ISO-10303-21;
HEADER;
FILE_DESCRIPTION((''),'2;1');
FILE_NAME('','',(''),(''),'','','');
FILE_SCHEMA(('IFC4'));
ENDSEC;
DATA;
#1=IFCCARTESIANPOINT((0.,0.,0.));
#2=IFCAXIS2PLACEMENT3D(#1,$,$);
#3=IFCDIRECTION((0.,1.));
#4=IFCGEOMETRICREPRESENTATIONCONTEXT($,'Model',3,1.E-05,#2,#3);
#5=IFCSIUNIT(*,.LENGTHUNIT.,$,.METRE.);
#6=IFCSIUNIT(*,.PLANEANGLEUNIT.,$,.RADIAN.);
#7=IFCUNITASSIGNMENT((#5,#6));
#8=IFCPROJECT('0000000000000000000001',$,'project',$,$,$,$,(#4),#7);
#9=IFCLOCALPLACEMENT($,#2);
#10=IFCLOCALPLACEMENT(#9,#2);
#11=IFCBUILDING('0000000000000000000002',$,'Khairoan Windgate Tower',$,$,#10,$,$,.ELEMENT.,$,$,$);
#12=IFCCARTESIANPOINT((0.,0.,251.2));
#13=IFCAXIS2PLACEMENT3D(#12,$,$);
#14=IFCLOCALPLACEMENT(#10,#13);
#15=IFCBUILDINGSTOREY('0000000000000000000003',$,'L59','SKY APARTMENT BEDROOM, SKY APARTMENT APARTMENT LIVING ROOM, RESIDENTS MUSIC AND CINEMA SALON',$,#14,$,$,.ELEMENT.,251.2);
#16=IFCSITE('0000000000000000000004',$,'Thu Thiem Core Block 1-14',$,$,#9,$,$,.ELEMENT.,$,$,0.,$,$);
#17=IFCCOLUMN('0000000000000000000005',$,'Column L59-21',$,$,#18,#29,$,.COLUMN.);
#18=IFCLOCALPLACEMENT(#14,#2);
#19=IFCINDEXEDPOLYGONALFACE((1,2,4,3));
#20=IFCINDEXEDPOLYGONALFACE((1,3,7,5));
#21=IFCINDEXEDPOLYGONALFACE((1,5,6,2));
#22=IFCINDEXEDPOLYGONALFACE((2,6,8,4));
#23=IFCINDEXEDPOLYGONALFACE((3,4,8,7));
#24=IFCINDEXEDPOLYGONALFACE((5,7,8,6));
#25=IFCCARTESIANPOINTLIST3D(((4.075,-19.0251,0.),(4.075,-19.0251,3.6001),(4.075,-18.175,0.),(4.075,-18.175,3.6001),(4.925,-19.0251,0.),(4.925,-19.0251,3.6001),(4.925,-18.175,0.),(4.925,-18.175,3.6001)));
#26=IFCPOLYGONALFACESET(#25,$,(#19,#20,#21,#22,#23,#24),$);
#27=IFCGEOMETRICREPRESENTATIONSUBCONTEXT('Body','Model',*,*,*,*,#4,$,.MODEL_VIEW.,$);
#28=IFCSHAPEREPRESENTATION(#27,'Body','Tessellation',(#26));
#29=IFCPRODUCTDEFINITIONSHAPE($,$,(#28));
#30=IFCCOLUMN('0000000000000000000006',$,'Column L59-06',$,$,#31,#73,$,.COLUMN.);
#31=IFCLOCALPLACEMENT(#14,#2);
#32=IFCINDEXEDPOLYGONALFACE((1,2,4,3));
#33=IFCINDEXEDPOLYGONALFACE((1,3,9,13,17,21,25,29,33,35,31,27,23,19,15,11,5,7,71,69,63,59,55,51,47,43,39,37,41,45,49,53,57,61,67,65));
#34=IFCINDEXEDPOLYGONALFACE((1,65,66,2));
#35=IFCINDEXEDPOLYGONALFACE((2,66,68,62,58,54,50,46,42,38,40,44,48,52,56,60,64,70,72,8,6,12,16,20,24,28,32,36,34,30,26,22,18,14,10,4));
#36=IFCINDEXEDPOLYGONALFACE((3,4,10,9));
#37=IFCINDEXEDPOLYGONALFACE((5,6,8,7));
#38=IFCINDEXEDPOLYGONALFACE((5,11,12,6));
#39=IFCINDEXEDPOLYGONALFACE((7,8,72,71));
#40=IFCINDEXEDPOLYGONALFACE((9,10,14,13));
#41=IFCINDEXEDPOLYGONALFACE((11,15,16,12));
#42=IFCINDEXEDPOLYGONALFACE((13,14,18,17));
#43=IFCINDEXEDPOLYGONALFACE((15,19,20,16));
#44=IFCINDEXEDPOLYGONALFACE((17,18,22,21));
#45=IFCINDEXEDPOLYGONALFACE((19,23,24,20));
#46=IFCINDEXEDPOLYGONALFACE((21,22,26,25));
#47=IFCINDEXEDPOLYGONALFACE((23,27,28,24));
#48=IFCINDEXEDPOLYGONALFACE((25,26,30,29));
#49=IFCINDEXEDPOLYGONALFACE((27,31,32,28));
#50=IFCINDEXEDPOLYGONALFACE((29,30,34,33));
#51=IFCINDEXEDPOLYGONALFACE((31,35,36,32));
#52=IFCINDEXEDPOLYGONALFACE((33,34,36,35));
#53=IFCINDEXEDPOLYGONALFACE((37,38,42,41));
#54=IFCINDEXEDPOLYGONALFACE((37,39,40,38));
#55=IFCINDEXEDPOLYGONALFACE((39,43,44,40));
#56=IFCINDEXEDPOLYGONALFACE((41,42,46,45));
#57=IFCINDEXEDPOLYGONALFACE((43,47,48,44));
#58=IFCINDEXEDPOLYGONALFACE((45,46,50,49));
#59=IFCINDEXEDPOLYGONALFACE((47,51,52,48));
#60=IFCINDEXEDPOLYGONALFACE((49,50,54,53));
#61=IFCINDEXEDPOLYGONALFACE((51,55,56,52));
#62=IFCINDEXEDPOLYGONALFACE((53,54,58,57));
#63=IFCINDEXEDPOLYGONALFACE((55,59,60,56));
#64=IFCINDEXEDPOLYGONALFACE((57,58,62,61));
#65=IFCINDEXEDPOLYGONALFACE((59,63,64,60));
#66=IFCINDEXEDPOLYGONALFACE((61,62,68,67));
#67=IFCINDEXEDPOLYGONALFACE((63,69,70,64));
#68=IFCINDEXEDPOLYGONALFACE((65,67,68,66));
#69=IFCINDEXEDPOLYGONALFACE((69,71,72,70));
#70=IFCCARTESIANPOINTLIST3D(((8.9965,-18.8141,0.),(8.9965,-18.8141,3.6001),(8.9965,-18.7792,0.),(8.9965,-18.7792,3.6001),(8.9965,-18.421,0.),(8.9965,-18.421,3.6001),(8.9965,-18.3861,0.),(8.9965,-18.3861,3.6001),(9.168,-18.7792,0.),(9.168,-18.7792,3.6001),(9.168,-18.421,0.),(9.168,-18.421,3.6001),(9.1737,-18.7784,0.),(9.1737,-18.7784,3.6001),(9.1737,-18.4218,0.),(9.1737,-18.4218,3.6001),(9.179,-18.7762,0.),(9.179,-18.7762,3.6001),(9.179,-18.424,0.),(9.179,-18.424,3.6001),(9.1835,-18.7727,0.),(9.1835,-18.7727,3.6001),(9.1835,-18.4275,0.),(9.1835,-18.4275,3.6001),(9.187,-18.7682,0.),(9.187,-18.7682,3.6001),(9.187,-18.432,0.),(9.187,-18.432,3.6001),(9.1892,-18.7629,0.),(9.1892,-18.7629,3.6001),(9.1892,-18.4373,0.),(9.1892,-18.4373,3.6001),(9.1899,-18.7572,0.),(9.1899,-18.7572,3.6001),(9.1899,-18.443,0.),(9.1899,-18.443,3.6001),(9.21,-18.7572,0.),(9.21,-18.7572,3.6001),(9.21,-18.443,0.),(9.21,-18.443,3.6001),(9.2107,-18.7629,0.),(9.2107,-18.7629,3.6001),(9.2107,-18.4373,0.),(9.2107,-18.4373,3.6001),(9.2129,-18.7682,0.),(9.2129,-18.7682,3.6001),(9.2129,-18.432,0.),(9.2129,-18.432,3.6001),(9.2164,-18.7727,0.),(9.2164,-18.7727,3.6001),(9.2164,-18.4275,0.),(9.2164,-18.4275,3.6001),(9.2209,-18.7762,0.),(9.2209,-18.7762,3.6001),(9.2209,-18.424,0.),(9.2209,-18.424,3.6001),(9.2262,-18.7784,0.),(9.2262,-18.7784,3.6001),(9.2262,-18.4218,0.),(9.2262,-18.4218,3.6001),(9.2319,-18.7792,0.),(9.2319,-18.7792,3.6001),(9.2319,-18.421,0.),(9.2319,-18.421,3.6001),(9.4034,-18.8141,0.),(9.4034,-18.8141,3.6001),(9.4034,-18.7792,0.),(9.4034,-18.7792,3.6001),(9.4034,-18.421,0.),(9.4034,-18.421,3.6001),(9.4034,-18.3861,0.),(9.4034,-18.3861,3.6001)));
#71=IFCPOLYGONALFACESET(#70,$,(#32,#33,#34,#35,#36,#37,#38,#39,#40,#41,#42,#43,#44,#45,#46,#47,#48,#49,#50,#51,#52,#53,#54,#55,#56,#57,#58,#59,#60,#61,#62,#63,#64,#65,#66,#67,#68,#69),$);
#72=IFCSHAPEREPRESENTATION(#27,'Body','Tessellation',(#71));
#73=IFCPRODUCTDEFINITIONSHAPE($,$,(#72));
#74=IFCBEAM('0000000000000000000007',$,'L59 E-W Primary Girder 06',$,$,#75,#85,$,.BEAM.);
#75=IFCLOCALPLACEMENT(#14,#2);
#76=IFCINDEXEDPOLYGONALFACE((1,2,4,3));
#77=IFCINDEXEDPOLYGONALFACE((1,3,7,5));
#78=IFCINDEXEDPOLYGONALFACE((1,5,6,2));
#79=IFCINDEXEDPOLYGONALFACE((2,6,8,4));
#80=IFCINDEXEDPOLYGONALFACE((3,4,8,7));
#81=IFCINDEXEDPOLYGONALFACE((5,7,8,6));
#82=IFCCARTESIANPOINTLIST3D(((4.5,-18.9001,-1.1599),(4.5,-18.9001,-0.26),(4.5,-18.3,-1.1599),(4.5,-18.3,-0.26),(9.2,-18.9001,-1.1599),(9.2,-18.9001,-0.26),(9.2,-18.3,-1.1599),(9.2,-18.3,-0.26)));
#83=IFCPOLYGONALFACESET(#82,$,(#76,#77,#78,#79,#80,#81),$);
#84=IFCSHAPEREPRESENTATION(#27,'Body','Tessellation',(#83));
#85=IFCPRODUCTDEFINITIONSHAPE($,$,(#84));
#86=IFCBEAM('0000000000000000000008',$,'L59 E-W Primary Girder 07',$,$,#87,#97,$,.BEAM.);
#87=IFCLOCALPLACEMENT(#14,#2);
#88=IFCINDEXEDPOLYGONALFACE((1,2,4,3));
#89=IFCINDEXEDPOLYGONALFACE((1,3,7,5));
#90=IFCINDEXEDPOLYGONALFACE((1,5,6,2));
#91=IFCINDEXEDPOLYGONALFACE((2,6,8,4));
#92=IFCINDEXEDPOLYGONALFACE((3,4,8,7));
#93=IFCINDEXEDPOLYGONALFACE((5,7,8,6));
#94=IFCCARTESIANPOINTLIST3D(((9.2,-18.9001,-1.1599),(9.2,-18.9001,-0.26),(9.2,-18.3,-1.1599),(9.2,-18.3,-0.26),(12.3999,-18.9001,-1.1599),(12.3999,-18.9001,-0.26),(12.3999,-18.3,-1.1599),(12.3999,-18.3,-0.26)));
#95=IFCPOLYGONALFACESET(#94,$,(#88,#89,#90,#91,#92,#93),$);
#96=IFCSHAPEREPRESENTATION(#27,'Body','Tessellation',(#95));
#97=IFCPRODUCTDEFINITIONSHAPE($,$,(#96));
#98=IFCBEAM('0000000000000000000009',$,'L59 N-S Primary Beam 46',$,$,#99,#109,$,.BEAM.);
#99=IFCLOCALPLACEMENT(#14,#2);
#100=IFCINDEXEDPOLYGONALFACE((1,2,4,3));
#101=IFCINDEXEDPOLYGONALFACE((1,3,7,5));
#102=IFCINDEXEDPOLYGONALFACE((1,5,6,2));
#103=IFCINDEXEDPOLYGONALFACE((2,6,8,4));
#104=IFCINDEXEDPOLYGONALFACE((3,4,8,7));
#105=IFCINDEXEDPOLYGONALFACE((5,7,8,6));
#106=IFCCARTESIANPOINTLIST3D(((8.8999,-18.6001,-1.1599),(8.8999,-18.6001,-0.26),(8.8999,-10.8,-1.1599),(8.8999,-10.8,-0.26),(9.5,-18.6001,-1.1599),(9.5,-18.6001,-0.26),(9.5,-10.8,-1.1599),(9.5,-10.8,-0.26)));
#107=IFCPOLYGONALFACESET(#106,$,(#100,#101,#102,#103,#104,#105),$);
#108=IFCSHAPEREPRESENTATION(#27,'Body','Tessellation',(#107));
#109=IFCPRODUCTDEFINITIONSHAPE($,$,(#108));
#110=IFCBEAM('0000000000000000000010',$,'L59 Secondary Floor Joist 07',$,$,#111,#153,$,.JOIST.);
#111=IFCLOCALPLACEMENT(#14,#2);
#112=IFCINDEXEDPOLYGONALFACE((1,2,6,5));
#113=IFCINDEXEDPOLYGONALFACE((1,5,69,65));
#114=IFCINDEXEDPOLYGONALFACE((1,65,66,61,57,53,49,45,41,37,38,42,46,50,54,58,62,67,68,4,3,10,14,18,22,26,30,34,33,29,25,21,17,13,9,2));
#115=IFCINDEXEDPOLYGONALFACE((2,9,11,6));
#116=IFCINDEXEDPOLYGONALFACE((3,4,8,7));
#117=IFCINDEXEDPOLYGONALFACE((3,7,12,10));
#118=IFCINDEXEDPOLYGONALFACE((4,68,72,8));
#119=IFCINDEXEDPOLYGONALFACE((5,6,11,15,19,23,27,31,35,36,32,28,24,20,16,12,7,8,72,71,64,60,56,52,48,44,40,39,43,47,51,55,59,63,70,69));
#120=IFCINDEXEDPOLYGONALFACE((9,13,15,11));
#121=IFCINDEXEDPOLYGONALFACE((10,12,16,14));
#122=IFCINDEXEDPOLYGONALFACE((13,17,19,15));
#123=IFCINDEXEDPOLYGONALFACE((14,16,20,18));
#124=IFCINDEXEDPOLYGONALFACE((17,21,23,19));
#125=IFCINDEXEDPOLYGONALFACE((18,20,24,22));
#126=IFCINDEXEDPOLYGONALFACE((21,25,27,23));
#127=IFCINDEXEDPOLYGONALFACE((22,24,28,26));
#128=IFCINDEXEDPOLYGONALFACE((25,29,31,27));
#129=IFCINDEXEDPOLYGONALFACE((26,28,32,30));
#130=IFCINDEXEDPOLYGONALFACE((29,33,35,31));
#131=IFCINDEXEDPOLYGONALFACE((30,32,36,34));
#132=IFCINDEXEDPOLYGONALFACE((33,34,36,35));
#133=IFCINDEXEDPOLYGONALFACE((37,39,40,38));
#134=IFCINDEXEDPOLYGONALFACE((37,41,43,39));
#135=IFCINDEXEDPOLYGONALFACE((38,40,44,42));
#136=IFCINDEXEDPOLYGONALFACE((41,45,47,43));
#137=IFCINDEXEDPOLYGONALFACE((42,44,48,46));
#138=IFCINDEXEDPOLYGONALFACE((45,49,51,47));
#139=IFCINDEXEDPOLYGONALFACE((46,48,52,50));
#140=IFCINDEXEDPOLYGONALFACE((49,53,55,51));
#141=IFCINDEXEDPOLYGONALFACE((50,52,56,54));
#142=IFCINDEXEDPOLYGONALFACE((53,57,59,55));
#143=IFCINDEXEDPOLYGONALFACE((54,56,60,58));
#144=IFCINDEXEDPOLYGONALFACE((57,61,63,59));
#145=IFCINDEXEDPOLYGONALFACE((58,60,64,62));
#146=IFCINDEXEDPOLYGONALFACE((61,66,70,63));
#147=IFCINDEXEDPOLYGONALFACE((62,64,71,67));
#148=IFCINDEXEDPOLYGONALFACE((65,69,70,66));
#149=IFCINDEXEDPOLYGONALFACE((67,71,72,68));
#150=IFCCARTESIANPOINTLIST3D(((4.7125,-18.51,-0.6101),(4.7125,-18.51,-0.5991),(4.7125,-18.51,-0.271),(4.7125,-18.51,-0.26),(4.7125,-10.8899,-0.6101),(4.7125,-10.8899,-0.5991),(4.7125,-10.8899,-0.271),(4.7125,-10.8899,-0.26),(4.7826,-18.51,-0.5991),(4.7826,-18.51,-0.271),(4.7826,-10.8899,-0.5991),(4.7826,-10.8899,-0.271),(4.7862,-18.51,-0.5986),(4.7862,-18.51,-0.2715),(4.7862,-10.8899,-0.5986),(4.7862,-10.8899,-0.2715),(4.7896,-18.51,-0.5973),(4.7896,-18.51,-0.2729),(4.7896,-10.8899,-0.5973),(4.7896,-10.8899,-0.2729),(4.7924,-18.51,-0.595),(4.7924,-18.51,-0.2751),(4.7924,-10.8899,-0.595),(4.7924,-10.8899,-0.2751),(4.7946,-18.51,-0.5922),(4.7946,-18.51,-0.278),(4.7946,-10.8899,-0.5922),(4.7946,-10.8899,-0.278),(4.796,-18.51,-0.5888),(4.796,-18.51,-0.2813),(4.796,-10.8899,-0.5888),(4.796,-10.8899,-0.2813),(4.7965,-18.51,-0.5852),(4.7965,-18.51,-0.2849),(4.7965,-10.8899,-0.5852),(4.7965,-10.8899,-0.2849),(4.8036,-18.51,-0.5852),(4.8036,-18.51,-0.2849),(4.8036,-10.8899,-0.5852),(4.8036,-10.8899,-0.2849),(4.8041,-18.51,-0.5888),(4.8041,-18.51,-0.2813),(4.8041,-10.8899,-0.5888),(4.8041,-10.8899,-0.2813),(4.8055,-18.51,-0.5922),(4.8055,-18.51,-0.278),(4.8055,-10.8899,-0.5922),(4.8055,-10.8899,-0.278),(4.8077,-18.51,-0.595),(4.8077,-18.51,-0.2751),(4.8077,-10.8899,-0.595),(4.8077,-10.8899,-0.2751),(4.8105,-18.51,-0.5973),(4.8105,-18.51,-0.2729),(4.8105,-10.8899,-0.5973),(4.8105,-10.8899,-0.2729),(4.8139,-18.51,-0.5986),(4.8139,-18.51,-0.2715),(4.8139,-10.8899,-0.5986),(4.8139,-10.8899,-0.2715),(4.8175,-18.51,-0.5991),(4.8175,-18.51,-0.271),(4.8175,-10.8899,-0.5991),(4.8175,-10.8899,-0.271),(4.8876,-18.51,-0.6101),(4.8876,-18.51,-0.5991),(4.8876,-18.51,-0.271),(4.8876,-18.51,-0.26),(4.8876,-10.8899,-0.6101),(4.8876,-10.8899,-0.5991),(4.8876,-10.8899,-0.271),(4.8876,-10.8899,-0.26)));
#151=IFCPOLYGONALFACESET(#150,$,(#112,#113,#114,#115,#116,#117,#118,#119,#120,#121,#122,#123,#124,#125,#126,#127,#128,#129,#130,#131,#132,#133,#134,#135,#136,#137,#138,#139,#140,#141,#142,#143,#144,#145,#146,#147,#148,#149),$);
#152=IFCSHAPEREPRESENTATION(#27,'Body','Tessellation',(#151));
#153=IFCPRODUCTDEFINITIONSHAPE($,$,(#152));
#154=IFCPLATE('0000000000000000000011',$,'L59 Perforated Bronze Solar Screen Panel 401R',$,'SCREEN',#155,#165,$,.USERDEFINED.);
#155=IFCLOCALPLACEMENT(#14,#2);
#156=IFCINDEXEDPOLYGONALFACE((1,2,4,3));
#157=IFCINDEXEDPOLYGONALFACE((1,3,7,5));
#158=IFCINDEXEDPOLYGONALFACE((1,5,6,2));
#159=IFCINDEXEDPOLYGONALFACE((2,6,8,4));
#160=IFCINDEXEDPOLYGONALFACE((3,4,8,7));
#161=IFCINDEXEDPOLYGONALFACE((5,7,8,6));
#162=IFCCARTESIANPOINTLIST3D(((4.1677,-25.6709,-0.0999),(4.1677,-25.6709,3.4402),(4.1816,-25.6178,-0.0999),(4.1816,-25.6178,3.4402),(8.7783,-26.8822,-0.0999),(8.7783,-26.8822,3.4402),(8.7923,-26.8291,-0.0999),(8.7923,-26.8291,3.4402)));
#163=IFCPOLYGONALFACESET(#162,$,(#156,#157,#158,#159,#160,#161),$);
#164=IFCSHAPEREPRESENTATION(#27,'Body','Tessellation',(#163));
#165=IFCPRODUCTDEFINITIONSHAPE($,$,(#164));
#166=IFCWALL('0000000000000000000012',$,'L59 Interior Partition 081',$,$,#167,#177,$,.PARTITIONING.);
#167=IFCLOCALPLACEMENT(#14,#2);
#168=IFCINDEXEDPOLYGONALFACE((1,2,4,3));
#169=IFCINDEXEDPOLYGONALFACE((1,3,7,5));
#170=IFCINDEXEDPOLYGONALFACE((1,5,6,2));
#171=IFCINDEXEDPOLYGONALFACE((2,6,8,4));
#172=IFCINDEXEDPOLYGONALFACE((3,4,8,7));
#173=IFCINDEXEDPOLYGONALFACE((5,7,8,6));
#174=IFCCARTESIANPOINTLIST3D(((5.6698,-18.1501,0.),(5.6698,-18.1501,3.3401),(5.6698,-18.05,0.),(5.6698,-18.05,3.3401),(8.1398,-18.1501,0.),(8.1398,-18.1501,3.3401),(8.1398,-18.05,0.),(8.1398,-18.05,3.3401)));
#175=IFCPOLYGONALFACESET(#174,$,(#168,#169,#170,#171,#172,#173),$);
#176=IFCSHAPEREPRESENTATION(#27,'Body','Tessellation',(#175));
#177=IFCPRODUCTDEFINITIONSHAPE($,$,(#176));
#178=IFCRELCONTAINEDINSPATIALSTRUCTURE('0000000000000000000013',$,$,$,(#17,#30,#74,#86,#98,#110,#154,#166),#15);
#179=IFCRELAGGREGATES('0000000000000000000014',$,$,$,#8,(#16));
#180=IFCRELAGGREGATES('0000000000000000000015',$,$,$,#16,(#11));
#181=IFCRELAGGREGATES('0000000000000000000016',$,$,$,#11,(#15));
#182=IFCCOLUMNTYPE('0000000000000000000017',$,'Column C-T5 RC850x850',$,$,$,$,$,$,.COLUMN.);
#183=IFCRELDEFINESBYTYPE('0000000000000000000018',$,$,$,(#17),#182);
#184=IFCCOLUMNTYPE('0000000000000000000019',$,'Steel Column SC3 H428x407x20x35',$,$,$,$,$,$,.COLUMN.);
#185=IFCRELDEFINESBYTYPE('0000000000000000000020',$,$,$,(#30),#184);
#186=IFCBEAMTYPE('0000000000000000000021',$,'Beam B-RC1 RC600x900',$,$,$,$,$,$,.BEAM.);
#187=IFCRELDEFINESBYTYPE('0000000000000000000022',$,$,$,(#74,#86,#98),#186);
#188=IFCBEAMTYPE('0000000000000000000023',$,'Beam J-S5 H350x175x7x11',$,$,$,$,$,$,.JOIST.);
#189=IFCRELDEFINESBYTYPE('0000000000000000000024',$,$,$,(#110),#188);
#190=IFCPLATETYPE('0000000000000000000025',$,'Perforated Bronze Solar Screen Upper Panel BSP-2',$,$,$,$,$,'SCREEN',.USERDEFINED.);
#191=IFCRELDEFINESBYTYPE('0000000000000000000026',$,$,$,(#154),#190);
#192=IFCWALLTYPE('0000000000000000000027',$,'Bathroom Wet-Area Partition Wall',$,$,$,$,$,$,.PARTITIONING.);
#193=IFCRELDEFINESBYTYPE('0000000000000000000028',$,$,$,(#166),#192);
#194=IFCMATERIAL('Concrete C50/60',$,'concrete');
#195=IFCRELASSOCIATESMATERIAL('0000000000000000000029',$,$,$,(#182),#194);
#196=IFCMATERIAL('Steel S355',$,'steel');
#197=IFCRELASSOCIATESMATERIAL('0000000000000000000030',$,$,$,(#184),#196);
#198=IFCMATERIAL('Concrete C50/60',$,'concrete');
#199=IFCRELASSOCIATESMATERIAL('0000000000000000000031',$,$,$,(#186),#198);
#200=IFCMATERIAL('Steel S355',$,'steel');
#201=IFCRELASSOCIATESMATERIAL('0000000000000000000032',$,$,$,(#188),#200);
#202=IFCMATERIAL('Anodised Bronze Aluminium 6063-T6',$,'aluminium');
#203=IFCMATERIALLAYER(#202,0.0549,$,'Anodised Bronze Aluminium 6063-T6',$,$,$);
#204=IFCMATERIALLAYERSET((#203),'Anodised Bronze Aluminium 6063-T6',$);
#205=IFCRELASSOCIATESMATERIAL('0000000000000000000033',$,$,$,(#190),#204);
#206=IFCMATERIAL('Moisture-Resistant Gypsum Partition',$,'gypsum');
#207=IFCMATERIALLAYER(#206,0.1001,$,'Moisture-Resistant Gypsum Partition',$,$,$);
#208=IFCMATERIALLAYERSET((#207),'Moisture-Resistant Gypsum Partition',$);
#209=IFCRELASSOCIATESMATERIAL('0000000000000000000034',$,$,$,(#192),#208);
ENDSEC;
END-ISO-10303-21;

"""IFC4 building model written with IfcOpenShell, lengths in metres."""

from ifc_helpers import new_model, si_unit, direction, frame, frame_2d, origin, origin_2d, place, context, subcontext, project, spatial, rectangle, i_section, extrude, material, layer, layer_set, material_profile, profile_set, type_object, element, save


model = new_model("IFC4")

# Units and contexts
model_context = context("Model", 3, precision=1e-05, world=origin(), true_north=direction((0.0, 1.0)))
body_context = subcontext(model_context, "Body", "Model", "MODEL_VIEW")
ifc_project = project(units=[si_unit("LENGTHUNIT", "METRE"), si_unit("PLANEANGLEUNIT", "RADIAN")], contexts=[model_context])

# Site, building, storey
site_placement = place(None, origin())
site = spatial("IfcSite", under=ifc_project, at=site_placement, Name="Thu Thiem Core Block 1-14", CompositionType="ELEMENT", RefElevation=0.0)
building_placement = place(site_placement, origin())
building = spatial("IfcBuilding", under=site, at=building_placement, Name="Khairoan Windgate Tower", CompositionType="ELEMENT")
storey_placement = place(building_placement, frame((0.0, 0.0, 251.2)))
storey = spatial("IfcBuildingStorey", under=building, at=storey_placement, Name="L59", Description="SKY APARTMENT BEDROOM, SKY APARTMENT APARTMENT LIVING ROOM, RESIDENTS MUSIC AND CINEMA SALON", CompositionType="ELEMENT", Elevation=251.2)

# Columns
ifc_material_1 = material(Name="Concrete C50/60", Category="concrete")
ifc_material_profile_1 = material_profile(ifc_material_1, rectangle(XDim=0.8501, YDim=0.8501, at=origin_2d()))
ifc_profile_set_1 = profile_set([ifc_material_profile_1], Name="Concrete C50/60")
column_type_1 = type_object("IfcColumnType", Name="Column C-T5 RC850x850", PredefinedType="COLUMN", material=ifc_profile_set_1)
column_1_placement = place(storey_placement, frame((4.5, -18.6001, 0.0), z_axis=(0.0, 0.0, 1.0), x_axis=(1.0, 0.0, 0.0)))
element("IfcColumn", 1, at=column_1_placement, inside=storey, type_object=column_type_1, Name="Column L59-21", PredefinedType="COLUMN", context=body_context, shape_type="SweptSolid", body=[
    extrude(rectangle(XDim=0.8501, YDim=0.8501, at=origin_2d()), origin(), (0.0, 0.0, 1.0), 3.6001),
])
ifc_material_2 = material(Name="Steel S355", Category="steel")
ifc_material_profile_2 = material_profile(ifc_material_2, i_section(OverallWidth=0.407, OverallDepth=0.428, WebThickness=0.02, FlangeThickness=0.0349, FilletRadius=0.022, at=origin_2d()))
ifc_profile_set_2 = profile_set([ifc_material_profile_2], Name="Steel S355")
column_type_2 = type_object("IfcColumnType", Name="Steel Column SC3 H428x407x20x35", PredefinedType="COLUMN", material=ifc_profile_set_2)
column_2_placement = place(storey_placement, frame((9.2, -18.6001, 0.0), z_axis=(0.0, 0.0, 1.0), x_axis=(1.0, 0.0, 0.0)))
element("IfcColumn", 2, at=column_2_placement, inside=storey, type_object=column_type_2, Name="Column L59-06", PredefinedType="COLUMN", context=body_context, shape_type="SweptSolid", body=[
    extrude(i_section(OverallWidth=0.407, OverallDepth=0.428, WebThickness=0.02, FlangeThickness=0.0349, FilletRadius=0.022, at=origin_2d()), origin(), (0.0, 0.0, 1.0), 3.6001),
])

# Beams
ifc_material_3 = material(Name="Concrete C50/60", Category="concrete")
ifc_material_profile_3 = material_profile(ifc_material_3, rectangle(XDim=0.6001, YDim=0.8999, at=origin_2d()))
ifc_profile_set_3 = profile_set([ifc_material_profile_3], Name="Concrete C50/60")
beam_type_1 = type_object("IfcBeamType", Name="Beam B-RC1 RC600x900", PredefinedType="BEAM", material=ifc_profile_set_3)
beam_1_placement = place(storey_placement, frame((4.5, -18.6001, -0.71), z_axis=(1.0, 0.0, 0.0), x_axis=(0.0, 1.0, 0.0)))
element("IfcBeam", 3, at=beam_1_placement, inside=storey, type_object=beam_type_1, Name="L59 E-W Primary Girder 06", PredefinedType="BEAM", context=body_context, shape_type="SweptSolid", body=[
    extrude(rectangle(XDim=0.6001, YDim=0.8999, at=origin_2d()), origin(), (0.0, 0.0, 1.0), 4.7),
])
beam_2_placement = place(storey_placement, frame((9.2, -18.6001, -0.71), z_axis=(1.0, 0.0, 0.0), x_axis=(0.0, 1.0, 0.0)))
element("IfcBeam", 4, at=beam_2_placement, inside=storey, type_object=beam_type_1, Name="L59 E-W Primary Girder 07", PredefinedType="BEAM", context=body_context, shape_type="SweptSolid", body=[
    extrude(rectangle(XDim=0.6001, YDim=0.8999, at=origin_2d()), origin(), (0.0, 0.0, 1.0), 3.2),
])
beam_3_placement = place(storey_placement, frame((9.2, -18.6001, -0.71), z_axis=(0.0, 1.0, 0.0), x_axis=(-1.0, 0.0, 0.0)))
element("IfcBeam", 5, at=beam_3_placement, inside=storey, type_object=beam_type_1, Name="L59 N-S Primary Beam 46", PredefinedType="BEAM", context=body_context, shape_type="SweptSolid", body=[
    extrude(rectangle(XDim=0.6001, YDim=0.8999, at=origin_2d()), origin(), (0.0, 0.0, 1.0), 7.8),
])
ifc_material_4 = material(Name="Steel S355", Category="steel")
ifc_material_profile_4 = material_profile(ifc_material_4, i_section(OverallWidth=0.175, OverallDepth=0.3501, WebThickness=0.0071, FlangeThickness=0.011, FilletRadius=0.0139, at=origin_2d()))
ifc_profile_set_4 = profile_set([ifc_material_profile_4], Name="Steel S355")
beam_type_2 = type_object("IfcBeamType", Name="Beam J-S5 H350x175x7x11", PredefinedType="JOIST", material=ifc_profile_set_4)
beam_4_placement = place(storey_placement, frame((4.8, -18.51, -0.4351), z_axis=(0.0, 1.0, 0.0), x_axis=(-1.0, 0.0, 0.0)))
element("IfcBeam", 6, at=beam_4_placement, inside=storey, type_object=beam_type_2, Name="L59 Secondary Floor Joist 07", PredefinedType="JOIST", context=body_context, shape_type="SweptSolid", body=[
    extrude(i_section(OverallWidth=0.175, OverallDepth=0.3501, WebThickness=0.0071, FlangeThickness=0.011, FilletRadius=0.0139, at=origin_2d()), origin(), (0.0, 0.0, 1.0), 7.6201),
])

# Plate
ifc_material_5 = material(Name="Anodised Bronze Aluminium 6063-T6", Category="aluminium")
ifc_layer_1 = layer(ifc_material_5, 0.0549, Name="Anodised Bronze Aluminium 6063-T6")
ifc_layer_set_1 = layer_set([ifc_layer_1], Name="Anodised Bronze Aluminium 6063-T6")
plate_type = type_object("IfcPlateType", Name="Perforated Bronze Solar Screen Upper Panel BSP-2", ElementType="SCREEN", PredefinedType="USERDEFINED", material=ifc_layer_set_1)
plate_placement = place(storey_placement, frame((6.48, -26.25, -0.0999), z_axis=(0.0, 0.0, 1.0), x_axis=(-0.967179, 0.254096, 0.0)))
element("IfcPlate", 7, at=plate_placement, inside=storey, type_object=plate_type, Name="L59 Perforated Bronze Solar Screen Panel 401R", ObjectType="SCREEN", PredefinedType="USERDEFINED", context=body_context, shape_type="SweptSolid", body=[
    extrude(rectangle(XDim=4.7671, YDim=0.0549, at=origin_2d()), origin(), (0.0, 0.0, 1.0), 3.54),
])

# Wall
ifc_material_6 = material(Name="Moisture-Resistant Gypsum Partition", Category="gypsum")
ifc_layer_2 = layer(ifc_material_6, 0.1001, Name="Moisture-Resistant Gypsum Partition")
ifc_layer_set_2 = layer_set([ifc_layer_2], Name="Moisture-Resistant Gypsum Partition")
wall_type_1 = type_object("IfcWallType", Name="Bathroom Wet-Area Partition Wall", PredefinedType="PARTITIONING", material=ifc_layer_set_2)
wall_1_placement = place(storey_placement, frame((5.6699, -18.1001, 0.0), z_axis=(0.0, 0.0, 1.0), x_axis=(1.0, 0.0, 0.0)))
element("IfcWall", 8, at=wall_1_placement, inside=storey, type_object=wall_type_1, Name="L59 Interior Partition 081", PredefinedType="PARTITIONING", context=body_context, shape_type="SweptSolid", body=[
    extrude(rectangle(XDim=2.47, YDim=0.1001, at=frame_2d((1.2349, 0.0))), origin(), (0.0, 0.0, 1.0), 3.3401),
])

save(model, "model.ifc")
